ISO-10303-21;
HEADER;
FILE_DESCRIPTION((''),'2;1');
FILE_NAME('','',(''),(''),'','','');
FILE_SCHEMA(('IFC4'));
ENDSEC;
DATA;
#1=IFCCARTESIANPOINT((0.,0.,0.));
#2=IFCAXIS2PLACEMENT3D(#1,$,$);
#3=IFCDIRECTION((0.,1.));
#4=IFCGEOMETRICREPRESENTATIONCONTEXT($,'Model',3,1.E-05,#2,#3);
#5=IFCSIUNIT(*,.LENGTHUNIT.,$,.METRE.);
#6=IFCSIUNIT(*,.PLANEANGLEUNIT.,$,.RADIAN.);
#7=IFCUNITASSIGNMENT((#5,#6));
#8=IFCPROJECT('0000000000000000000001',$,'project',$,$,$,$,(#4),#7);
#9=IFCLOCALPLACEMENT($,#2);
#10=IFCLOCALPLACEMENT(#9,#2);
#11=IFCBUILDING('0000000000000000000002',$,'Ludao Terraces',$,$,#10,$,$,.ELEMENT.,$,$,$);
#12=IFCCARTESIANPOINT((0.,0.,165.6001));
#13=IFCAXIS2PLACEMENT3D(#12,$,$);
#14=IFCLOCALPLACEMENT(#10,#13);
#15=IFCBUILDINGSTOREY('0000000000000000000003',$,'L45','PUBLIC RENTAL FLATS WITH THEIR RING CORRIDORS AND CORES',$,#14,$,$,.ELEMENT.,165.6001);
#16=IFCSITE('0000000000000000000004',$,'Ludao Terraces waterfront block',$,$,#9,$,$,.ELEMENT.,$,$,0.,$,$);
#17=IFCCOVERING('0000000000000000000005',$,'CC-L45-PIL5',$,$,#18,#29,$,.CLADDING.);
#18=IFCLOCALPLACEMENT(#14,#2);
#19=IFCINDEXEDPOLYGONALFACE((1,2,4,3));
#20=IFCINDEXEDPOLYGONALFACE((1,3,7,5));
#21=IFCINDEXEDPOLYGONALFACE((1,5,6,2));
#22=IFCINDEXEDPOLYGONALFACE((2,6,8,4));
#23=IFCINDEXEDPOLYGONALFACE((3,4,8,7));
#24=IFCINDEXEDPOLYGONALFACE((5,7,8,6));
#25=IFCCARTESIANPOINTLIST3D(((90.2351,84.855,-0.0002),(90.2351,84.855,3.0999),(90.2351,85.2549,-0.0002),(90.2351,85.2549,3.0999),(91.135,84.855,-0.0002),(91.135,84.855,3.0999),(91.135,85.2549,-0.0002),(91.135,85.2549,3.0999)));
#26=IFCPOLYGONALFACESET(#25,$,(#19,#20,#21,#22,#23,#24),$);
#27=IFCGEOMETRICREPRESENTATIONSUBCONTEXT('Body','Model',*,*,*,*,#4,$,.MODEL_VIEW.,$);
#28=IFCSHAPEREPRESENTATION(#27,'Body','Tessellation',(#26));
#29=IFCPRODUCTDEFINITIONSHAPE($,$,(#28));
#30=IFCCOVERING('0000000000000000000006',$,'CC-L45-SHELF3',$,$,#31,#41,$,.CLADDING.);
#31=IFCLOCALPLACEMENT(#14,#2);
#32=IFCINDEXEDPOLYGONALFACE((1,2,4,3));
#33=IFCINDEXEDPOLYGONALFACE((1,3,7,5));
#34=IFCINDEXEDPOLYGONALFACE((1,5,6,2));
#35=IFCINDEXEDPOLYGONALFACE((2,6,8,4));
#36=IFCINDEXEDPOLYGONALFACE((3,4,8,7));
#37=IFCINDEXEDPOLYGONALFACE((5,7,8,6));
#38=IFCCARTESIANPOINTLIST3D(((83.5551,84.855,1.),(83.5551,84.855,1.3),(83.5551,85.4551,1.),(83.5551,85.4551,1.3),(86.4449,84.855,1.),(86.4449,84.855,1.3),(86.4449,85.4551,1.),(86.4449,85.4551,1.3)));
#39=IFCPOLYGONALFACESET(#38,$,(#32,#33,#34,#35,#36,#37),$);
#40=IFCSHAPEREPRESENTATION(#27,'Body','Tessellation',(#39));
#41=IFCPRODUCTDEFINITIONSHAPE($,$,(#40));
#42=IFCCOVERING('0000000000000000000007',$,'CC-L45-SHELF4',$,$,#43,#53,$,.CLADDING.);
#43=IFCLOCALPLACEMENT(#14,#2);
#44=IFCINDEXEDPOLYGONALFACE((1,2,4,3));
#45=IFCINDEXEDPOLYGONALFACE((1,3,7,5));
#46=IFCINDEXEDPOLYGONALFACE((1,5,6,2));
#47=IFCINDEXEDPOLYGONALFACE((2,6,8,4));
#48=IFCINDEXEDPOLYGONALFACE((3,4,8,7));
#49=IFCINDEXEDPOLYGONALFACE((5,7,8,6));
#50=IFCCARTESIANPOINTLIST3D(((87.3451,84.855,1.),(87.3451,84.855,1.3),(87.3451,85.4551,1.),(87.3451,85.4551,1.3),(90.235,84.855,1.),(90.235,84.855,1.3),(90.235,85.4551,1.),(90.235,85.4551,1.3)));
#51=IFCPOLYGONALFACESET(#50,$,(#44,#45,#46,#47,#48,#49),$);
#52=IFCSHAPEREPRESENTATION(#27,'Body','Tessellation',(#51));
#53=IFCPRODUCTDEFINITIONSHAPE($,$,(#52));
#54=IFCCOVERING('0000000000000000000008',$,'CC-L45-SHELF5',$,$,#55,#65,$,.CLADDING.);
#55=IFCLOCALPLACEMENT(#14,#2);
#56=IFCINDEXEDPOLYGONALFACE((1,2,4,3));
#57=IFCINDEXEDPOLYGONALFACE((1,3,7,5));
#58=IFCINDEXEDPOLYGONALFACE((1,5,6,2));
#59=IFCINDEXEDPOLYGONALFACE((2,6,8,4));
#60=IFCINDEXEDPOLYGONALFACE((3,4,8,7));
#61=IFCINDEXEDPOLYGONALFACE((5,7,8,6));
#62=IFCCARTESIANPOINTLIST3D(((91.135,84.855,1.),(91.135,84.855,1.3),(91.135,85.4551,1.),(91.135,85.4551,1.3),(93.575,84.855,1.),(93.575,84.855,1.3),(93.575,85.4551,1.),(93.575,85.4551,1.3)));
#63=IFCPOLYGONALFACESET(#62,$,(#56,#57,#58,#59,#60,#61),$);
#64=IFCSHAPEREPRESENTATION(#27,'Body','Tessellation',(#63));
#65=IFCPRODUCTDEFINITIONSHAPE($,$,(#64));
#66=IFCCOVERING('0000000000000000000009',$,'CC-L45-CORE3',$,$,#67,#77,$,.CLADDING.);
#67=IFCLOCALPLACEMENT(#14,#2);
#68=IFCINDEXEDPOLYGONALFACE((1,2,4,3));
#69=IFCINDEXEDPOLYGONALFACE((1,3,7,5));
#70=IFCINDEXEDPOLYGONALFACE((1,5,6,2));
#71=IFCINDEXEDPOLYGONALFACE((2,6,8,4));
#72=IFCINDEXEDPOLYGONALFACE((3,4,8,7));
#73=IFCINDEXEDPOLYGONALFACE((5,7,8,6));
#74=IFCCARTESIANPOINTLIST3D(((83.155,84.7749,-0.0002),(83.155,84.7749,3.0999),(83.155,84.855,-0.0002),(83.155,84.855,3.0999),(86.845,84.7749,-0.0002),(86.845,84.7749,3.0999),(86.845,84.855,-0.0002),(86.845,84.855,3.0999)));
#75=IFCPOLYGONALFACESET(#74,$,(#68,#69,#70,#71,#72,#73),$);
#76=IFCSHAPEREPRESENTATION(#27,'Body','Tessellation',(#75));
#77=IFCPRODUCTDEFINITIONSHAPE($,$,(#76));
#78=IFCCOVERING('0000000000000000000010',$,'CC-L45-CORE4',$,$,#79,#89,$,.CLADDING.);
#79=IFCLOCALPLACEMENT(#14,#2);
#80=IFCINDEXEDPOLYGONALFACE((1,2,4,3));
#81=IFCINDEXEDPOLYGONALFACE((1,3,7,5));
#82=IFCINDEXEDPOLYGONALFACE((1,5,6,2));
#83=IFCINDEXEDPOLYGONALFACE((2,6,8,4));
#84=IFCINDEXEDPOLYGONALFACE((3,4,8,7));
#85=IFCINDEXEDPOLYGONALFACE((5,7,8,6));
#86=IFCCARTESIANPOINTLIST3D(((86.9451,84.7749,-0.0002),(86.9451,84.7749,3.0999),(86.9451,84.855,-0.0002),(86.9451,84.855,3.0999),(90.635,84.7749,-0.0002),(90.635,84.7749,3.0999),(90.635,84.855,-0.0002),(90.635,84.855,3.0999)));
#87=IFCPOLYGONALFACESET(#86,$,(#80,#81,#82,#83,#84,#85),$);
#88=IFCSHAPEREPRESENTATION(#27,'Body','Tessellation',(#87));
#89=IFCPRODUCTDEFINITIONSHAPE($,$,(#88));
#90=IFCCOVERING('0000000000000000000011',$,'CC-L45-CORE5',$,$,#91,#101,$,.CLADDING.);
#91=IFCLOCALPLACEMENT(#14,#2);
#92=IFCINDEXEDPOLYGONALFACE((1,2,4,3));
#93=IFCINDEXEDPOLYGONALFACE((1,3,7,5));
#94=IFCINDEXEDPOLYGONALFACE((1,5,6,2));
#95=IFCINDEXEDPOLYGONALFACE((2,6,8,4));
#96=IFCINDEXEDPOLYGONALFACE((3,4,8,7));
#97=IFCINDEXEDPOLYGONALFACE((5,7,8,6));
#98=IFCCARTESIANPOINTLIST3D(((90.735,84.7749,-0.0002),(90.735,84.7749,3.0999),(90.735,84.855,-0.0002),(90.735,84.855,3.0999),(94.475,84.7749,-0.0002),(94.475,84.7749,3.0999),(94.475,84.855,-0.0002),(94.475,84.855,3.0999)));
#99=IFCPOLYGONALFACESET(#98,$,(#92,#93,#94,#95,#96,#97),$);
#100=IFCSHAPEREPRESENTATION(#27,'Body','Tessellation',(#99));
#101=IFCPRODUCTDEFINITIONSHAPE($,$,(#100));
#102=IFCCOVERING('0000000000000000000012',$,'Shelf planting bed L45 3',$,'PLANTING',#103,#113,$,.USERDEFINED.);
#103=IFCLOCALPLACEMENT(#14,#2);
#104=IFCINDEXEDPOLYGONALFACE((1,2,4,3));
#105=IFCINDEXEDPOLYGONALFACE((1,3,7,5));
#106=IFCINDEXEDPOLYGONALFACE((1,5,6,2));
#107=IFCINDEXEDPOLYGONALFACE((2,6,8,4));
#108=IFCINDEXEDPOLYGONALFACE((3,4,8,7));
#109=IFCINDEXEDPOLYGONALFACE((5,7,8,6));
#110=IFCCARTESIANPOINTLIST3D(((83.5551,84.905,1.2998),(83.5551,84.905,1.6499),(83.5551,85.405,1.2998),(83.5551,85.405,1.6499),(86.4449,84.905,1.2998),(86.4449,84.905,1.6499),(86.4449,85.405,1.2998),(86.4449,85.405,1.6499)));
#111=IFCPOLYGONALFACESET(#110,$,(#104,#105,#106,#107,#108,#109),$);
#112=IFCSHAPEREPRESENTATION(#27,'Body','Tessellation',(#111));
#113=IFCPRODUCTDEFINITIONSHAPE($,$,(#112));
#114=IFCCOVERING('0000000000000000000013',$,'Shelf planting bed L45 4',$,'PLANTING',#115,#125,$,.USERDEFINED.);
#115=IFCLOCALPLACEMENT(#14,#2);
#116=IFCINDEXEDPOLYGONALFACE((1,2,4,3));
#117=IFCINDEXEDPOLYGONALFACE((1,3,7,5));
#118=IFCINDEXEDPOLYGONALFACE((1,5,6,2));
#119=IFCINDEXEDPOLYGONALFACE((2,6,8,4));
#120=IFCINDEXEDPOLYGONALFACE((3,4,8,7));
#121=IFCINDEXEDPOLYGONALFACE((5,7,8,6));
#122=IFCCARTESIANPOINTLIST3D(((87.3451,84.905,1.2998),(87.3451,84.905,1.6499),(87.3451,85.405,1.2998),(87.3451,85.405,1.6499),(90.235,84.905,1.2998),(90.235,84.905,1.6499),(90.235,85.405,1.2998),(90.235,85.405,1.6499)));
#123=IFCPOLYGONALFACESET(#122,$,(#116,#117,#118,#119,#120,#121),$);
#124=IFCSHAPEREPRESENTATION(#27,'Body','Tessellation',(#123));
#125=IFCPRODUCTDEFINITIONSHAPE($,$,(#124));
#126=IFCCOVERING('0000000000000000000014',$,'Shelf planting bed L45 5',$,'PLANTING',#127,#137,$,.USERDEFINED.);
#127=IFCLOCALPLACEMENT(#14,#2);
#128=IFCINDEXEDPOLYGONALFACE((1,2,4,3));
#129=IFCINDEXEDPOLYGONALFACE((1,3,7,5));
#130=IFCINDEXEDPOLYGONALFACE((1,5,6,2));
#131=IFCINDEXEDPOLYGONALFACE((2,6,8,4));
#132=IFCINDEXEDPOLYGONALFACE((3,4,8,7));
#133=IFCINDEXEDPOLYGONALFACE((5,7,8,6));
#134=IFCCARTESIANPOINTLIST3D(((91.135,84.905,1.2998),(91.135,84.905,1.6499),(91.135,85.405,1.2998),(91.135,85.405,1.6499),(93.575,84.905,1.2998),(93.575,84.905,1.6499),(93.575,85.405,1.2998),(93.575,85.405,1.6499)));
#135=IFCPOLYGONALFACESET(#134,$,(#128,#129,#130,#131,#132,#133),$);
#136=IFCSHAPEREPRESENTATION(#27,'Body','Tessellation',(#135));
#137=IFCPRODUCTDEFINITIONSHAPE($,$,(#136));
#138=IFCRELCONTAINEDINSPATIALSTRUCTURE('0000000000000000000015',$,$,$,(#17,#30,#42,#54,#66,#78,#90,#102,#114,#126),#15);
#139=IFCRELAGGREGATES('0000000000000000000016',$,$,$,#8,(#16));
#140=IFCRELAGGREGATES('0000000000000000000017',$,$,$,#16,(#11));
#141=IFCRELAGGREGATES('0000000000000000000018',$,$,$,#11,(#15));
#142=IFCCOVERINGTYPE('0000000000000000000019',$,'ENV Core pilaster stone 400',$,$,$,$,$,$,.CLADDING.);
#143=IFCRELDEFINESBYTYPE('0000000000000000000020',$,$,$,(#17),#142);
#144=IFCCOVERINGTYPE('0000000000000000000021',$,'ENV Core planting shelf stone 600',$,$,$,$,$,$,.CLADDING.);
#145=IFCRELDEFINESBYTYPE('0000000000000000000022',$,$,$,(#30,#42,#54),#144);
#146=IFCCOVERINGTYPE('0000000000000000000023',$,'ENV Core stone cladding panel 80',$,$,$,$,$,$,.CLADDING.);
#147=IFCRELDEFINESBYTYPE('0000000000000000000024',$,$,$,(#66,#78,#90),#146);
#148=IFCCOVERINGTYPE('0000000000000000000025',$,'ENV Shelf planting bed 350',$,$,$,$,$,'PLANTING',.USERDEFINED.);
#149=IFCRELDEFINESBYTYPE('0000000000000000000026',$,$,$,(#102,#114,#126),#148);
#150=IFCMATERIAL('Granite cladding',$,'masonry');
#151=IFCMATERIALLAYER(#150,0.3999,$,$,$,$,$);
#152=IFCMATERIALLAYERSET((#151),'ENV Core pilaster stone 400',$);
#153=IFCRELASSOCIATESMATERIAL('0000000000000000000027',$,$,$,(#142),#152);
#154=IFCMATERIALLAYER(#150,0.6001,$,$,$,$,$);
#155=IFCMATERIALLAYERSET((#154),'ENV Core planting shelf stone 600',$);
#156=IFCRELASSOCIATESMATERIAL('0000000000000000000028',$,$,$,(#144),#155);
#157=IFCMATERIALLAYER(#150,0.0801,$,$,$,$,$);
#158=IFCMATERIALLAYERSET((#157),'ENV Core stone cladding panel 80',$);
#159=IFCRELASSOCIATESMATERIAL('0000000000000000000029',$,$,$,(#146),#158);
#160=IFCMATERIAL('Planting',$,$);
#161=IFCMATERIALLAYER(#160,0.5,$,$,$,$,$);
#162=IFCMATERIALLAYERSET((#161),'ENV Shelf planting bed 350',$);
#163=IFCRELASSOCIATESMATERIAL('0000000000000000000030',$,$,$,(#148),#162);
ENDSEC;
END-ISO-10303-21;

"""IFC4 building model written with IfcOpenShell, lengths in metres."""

from ifc_helpers import new_model, si_unit, direction, frame, origin, origin_2d, place, context, subcontext, project, spatial, rectangle, extrude, material, layer, layer_set, type_object, element, save


model = new_model("IFC4")

# Units and contexts
model_context = context("Model", 3, precision=1e-05, world=origin(), true_north=direction((0.0, 1.0)))
body_context = subcontext(model_context, "Body", "Model", "MODEL_VIEW")
ifc_project = project(units=[si_unit("LENGTHUNIT", "METRE"), si_unit("PLANEANGLEUNIT", "RADIAN")], contexts=[model_context])

# Site, building, storey
site_placement = place(None, origin())
site = spatial("IfcSite", under=ifc_project, at=site_placement, Name="Ludao Terraces waterfront block", CompositionType="ELEMENT", RefElevation=0.0)
building_placement = place(site_placement, origin())
building = spatial("IfcBuilding", under=site, at=building_placement, Name="Ludao Terraces", CompositionType="ELEMENT")
storey_placement = place(building_placement, frame((0.0, 0.0, 165.6001)))
storey = spatial("IfcBuildingStorey", under=building, at=storey_placement, Name="L45", Description="PUBLIC RENTAL FLATS WITH THEIR RING CORRIDORS AND CORES", CompositionType="ELEMENT", Elevation=165.6001)

# Coverings
ifc_material_1 = material(Name="Granite cladding", Category="masonry")
ifc_layer_1 = layer(ifc_material_1, 0.3999)
ifc_layer_set_1 = layer_set([ifc_layer_1], Name="ENV Core pilaster stone 400")
covering_type_1 = type_object("IfcCoveringType", Name="ENV Core pilaster stone 400", PredefinedType="CLADDING", material=ifc_layer_set_1)
for number, where, z_axis, x_axis, name in (
    (1, (90.6851, 85.0549, -0.0002), (0.0, 0.0, 1.0), (1.0, 0.0, 0.0), "CC-L45-PIL5"),
):
    element("IfcCovering", number, at=place(storey_placement, frame(where, z_axis=z_axis, x_axis=x_axis)), inside=storey, type_object=covering_type_1, Name=name, PredefinedType="CLADDING", context=body_context, shape_type="SweptSolid", body=[
        extrude(rectangle(XDim=0.8999, YDim=0.3999, at=origin_2d()), origin(), (0.0, 0.0, 1.0), 3.1001),
    ])
ifc_layer_2 = layer(ifc_material_1, 0.6001)
ifc_layer_set_2 = layer_set([ifc_layer_2], Name="ENV Core planting shelf stone 600")
covering_type_2 = type_object("IfcCoveringType", Name="ENV Core planting shelf stone 600", PredefinedType="CLADDING", material=ifc_layer_set_2)
for number, where, z_axis, x_axis, name in (
    (2, (85.0, 85.155, 1.0), (0.0, 0.0, 1.0), (1.0, 0.0, 0.0), "CC-L45-SHELF3"),
    (3, (88.79, 85.155, 1.0), (0.0, 0.0, 1.0), (1.0, 0.0, 0.0), "CC-L45-SHELF4"),
):
    element("IfcCovering", number, at=place(storey_placement, frame(where, z_axis=z_axis, x_axis=x_axis)), inside=storey, type_object=covering_type_2, Name=name, PredefinedType="CLADDING", context=body_context, shape_type="SweptSolid", body=[
        extrude(rectangle(XDim=2.8899, YDim=0.6001, at=origin_2d()), origin(), (0.0, 0.0, 1.0), 0.3),
    ])
covering_1_placement = place(storey_placement, frame((92.355, 85.155, 1.0), z_axis=(0.0, 0.0, 1.0), x_axis=(1.0, 0.0, 0.0)))
element("IfcCovering", 4, at=covering_1_placement, inside=storey, type_object=covering_type_2, Name="CC-L45-SHELF5", PredefinedType="CLADDING", context=body_context, shape_type="SweptSolid", body=[
    extrude(rectangle(XDim=2.4399, YDim=0.6001, at=origin_2d()), origin(), (0.0, 0.0, 1.0), 0.3),
])
ifc_layer_3 = layer(ifc_material_1, 0.0801)
ifc_layer_set_3 = layer_set([ifc_layer_3], Name="ENV Core stone cladding panel 80")
covering_type_3 = type_object("IfcCoveringType", Name="ENV Core stone cladding panel 80", PredefinedType="CLADDING", material=ifc_layer_set_3)
for number, where, z_axis, x_axis, name in (
    (5, (85.0, 84.8149, -0.0002), (0.0, 0.0, 1.0), (1.0, 0.0, 0.0), "CC-L45-CORE3"),
    (6, (88.79, 84.8149, -0.0002), (0.0, 0.0, 1.0), (1.0, 0.0, 0.0), "CC-L45-CORE4"),
):
    element("IfcCovering", number, at=place(storey_placement, frame(where, z_axis=z_axis, x_axis=x_axis)), inside=storey, type_object=covering_type_3, Name=name, PredefinedType="CLADDING", context=body_context, shape_type="SweptSolid", body=[
        extrude(rectangle(XDim=3.6899, YDim=0.0801, at=origin_2d()), origin(), (0.0, 0.0, 1.0), 3.1001),
    ])
covering_2_placement = place(storey_placement, frame((92.605, 84.8149, -0.0002), z_axis=(0.0, 0.0, 1.0), x_axis=(1.0, 0.0, 0.0)))
element("IfcCovering", 7, at=covering_2_placement, inside=storey, type_object=covering_type_3, Name="CC-L45-CORE5", PredefinedType="CLADDING", context=body_context, shape_type="SweptSolid", body=[
    extrude(rectangle(XDim=3.74, YDim=0.0801, at=origin_2d()), origin(), (0.0, 0.0, 1.0), 3.1001),
])
ifc_material_2 = material(Name="Planting")
ifc_layer_4 = layer(ifc_material_2, 0.5)
ifc_layer_set_4 = layer_set([ifc_layer_4], Name="ENV Shelf planting bed 350")
covering_type_4 = type_object("IfcCoveringType", Name="ENV Shelf planting bed 350", ElementType="PLANTING", PredefinedType="USERDEFINED", material=ifc_layer_set_4)
for number, where, z_axis, x_axis, name in (
    (8, (85.0, 85.155, 1.2998), (0.0, 0.0, 1.0), (1.0, 0.0, 0.0), "Shelf planting bed L45 3"),
    (9, (88.79, 85.155, 1.2998), (0.0, 0.0, 1.0), (1.0, 0.0, 0.0), "Shelf planting bed L45 4"),
):
    element("IfcCovering", number, at=place(storey_placement, frame(where, z_axis=z_axis, x_axis=x_axis)), inside=storey, type_object=covering_type_4, Name=name, ObjectType="PLANTING", PredefinedType="USERDEFINED", context=body_context, shape_type="SweptSolid", body=[
        extrude(rectangle(XDim=2.8899, YDim=0.5, at=origin_2d()), origin(), (0.0, 0.0, 1.0), 0.3501),
    ])
covering_3_placement = place(storey_placement, frame((92.355, 85.155, 1.2998), z_axis=(0.0, 0.0, 1.0), x_axis=(1.0, 0.0, 0.0)))
element("IfcCovering", 10, at=covering_3_placement, inside=storey, type_object=covering_type_4, Name="Shelf planting bed L45 5", ObjectType="PLANTING", PredefinedType="USERDEFINED", context=body_context, shape_type="SweptSolid", body=[
    extrude(rectangle(XDim=2.4399, YDim=0.5, at=origin_2d()), origin(), (0.0, 0.0, 1.0), 0.3501),
])

save(model, "model.ifc")
